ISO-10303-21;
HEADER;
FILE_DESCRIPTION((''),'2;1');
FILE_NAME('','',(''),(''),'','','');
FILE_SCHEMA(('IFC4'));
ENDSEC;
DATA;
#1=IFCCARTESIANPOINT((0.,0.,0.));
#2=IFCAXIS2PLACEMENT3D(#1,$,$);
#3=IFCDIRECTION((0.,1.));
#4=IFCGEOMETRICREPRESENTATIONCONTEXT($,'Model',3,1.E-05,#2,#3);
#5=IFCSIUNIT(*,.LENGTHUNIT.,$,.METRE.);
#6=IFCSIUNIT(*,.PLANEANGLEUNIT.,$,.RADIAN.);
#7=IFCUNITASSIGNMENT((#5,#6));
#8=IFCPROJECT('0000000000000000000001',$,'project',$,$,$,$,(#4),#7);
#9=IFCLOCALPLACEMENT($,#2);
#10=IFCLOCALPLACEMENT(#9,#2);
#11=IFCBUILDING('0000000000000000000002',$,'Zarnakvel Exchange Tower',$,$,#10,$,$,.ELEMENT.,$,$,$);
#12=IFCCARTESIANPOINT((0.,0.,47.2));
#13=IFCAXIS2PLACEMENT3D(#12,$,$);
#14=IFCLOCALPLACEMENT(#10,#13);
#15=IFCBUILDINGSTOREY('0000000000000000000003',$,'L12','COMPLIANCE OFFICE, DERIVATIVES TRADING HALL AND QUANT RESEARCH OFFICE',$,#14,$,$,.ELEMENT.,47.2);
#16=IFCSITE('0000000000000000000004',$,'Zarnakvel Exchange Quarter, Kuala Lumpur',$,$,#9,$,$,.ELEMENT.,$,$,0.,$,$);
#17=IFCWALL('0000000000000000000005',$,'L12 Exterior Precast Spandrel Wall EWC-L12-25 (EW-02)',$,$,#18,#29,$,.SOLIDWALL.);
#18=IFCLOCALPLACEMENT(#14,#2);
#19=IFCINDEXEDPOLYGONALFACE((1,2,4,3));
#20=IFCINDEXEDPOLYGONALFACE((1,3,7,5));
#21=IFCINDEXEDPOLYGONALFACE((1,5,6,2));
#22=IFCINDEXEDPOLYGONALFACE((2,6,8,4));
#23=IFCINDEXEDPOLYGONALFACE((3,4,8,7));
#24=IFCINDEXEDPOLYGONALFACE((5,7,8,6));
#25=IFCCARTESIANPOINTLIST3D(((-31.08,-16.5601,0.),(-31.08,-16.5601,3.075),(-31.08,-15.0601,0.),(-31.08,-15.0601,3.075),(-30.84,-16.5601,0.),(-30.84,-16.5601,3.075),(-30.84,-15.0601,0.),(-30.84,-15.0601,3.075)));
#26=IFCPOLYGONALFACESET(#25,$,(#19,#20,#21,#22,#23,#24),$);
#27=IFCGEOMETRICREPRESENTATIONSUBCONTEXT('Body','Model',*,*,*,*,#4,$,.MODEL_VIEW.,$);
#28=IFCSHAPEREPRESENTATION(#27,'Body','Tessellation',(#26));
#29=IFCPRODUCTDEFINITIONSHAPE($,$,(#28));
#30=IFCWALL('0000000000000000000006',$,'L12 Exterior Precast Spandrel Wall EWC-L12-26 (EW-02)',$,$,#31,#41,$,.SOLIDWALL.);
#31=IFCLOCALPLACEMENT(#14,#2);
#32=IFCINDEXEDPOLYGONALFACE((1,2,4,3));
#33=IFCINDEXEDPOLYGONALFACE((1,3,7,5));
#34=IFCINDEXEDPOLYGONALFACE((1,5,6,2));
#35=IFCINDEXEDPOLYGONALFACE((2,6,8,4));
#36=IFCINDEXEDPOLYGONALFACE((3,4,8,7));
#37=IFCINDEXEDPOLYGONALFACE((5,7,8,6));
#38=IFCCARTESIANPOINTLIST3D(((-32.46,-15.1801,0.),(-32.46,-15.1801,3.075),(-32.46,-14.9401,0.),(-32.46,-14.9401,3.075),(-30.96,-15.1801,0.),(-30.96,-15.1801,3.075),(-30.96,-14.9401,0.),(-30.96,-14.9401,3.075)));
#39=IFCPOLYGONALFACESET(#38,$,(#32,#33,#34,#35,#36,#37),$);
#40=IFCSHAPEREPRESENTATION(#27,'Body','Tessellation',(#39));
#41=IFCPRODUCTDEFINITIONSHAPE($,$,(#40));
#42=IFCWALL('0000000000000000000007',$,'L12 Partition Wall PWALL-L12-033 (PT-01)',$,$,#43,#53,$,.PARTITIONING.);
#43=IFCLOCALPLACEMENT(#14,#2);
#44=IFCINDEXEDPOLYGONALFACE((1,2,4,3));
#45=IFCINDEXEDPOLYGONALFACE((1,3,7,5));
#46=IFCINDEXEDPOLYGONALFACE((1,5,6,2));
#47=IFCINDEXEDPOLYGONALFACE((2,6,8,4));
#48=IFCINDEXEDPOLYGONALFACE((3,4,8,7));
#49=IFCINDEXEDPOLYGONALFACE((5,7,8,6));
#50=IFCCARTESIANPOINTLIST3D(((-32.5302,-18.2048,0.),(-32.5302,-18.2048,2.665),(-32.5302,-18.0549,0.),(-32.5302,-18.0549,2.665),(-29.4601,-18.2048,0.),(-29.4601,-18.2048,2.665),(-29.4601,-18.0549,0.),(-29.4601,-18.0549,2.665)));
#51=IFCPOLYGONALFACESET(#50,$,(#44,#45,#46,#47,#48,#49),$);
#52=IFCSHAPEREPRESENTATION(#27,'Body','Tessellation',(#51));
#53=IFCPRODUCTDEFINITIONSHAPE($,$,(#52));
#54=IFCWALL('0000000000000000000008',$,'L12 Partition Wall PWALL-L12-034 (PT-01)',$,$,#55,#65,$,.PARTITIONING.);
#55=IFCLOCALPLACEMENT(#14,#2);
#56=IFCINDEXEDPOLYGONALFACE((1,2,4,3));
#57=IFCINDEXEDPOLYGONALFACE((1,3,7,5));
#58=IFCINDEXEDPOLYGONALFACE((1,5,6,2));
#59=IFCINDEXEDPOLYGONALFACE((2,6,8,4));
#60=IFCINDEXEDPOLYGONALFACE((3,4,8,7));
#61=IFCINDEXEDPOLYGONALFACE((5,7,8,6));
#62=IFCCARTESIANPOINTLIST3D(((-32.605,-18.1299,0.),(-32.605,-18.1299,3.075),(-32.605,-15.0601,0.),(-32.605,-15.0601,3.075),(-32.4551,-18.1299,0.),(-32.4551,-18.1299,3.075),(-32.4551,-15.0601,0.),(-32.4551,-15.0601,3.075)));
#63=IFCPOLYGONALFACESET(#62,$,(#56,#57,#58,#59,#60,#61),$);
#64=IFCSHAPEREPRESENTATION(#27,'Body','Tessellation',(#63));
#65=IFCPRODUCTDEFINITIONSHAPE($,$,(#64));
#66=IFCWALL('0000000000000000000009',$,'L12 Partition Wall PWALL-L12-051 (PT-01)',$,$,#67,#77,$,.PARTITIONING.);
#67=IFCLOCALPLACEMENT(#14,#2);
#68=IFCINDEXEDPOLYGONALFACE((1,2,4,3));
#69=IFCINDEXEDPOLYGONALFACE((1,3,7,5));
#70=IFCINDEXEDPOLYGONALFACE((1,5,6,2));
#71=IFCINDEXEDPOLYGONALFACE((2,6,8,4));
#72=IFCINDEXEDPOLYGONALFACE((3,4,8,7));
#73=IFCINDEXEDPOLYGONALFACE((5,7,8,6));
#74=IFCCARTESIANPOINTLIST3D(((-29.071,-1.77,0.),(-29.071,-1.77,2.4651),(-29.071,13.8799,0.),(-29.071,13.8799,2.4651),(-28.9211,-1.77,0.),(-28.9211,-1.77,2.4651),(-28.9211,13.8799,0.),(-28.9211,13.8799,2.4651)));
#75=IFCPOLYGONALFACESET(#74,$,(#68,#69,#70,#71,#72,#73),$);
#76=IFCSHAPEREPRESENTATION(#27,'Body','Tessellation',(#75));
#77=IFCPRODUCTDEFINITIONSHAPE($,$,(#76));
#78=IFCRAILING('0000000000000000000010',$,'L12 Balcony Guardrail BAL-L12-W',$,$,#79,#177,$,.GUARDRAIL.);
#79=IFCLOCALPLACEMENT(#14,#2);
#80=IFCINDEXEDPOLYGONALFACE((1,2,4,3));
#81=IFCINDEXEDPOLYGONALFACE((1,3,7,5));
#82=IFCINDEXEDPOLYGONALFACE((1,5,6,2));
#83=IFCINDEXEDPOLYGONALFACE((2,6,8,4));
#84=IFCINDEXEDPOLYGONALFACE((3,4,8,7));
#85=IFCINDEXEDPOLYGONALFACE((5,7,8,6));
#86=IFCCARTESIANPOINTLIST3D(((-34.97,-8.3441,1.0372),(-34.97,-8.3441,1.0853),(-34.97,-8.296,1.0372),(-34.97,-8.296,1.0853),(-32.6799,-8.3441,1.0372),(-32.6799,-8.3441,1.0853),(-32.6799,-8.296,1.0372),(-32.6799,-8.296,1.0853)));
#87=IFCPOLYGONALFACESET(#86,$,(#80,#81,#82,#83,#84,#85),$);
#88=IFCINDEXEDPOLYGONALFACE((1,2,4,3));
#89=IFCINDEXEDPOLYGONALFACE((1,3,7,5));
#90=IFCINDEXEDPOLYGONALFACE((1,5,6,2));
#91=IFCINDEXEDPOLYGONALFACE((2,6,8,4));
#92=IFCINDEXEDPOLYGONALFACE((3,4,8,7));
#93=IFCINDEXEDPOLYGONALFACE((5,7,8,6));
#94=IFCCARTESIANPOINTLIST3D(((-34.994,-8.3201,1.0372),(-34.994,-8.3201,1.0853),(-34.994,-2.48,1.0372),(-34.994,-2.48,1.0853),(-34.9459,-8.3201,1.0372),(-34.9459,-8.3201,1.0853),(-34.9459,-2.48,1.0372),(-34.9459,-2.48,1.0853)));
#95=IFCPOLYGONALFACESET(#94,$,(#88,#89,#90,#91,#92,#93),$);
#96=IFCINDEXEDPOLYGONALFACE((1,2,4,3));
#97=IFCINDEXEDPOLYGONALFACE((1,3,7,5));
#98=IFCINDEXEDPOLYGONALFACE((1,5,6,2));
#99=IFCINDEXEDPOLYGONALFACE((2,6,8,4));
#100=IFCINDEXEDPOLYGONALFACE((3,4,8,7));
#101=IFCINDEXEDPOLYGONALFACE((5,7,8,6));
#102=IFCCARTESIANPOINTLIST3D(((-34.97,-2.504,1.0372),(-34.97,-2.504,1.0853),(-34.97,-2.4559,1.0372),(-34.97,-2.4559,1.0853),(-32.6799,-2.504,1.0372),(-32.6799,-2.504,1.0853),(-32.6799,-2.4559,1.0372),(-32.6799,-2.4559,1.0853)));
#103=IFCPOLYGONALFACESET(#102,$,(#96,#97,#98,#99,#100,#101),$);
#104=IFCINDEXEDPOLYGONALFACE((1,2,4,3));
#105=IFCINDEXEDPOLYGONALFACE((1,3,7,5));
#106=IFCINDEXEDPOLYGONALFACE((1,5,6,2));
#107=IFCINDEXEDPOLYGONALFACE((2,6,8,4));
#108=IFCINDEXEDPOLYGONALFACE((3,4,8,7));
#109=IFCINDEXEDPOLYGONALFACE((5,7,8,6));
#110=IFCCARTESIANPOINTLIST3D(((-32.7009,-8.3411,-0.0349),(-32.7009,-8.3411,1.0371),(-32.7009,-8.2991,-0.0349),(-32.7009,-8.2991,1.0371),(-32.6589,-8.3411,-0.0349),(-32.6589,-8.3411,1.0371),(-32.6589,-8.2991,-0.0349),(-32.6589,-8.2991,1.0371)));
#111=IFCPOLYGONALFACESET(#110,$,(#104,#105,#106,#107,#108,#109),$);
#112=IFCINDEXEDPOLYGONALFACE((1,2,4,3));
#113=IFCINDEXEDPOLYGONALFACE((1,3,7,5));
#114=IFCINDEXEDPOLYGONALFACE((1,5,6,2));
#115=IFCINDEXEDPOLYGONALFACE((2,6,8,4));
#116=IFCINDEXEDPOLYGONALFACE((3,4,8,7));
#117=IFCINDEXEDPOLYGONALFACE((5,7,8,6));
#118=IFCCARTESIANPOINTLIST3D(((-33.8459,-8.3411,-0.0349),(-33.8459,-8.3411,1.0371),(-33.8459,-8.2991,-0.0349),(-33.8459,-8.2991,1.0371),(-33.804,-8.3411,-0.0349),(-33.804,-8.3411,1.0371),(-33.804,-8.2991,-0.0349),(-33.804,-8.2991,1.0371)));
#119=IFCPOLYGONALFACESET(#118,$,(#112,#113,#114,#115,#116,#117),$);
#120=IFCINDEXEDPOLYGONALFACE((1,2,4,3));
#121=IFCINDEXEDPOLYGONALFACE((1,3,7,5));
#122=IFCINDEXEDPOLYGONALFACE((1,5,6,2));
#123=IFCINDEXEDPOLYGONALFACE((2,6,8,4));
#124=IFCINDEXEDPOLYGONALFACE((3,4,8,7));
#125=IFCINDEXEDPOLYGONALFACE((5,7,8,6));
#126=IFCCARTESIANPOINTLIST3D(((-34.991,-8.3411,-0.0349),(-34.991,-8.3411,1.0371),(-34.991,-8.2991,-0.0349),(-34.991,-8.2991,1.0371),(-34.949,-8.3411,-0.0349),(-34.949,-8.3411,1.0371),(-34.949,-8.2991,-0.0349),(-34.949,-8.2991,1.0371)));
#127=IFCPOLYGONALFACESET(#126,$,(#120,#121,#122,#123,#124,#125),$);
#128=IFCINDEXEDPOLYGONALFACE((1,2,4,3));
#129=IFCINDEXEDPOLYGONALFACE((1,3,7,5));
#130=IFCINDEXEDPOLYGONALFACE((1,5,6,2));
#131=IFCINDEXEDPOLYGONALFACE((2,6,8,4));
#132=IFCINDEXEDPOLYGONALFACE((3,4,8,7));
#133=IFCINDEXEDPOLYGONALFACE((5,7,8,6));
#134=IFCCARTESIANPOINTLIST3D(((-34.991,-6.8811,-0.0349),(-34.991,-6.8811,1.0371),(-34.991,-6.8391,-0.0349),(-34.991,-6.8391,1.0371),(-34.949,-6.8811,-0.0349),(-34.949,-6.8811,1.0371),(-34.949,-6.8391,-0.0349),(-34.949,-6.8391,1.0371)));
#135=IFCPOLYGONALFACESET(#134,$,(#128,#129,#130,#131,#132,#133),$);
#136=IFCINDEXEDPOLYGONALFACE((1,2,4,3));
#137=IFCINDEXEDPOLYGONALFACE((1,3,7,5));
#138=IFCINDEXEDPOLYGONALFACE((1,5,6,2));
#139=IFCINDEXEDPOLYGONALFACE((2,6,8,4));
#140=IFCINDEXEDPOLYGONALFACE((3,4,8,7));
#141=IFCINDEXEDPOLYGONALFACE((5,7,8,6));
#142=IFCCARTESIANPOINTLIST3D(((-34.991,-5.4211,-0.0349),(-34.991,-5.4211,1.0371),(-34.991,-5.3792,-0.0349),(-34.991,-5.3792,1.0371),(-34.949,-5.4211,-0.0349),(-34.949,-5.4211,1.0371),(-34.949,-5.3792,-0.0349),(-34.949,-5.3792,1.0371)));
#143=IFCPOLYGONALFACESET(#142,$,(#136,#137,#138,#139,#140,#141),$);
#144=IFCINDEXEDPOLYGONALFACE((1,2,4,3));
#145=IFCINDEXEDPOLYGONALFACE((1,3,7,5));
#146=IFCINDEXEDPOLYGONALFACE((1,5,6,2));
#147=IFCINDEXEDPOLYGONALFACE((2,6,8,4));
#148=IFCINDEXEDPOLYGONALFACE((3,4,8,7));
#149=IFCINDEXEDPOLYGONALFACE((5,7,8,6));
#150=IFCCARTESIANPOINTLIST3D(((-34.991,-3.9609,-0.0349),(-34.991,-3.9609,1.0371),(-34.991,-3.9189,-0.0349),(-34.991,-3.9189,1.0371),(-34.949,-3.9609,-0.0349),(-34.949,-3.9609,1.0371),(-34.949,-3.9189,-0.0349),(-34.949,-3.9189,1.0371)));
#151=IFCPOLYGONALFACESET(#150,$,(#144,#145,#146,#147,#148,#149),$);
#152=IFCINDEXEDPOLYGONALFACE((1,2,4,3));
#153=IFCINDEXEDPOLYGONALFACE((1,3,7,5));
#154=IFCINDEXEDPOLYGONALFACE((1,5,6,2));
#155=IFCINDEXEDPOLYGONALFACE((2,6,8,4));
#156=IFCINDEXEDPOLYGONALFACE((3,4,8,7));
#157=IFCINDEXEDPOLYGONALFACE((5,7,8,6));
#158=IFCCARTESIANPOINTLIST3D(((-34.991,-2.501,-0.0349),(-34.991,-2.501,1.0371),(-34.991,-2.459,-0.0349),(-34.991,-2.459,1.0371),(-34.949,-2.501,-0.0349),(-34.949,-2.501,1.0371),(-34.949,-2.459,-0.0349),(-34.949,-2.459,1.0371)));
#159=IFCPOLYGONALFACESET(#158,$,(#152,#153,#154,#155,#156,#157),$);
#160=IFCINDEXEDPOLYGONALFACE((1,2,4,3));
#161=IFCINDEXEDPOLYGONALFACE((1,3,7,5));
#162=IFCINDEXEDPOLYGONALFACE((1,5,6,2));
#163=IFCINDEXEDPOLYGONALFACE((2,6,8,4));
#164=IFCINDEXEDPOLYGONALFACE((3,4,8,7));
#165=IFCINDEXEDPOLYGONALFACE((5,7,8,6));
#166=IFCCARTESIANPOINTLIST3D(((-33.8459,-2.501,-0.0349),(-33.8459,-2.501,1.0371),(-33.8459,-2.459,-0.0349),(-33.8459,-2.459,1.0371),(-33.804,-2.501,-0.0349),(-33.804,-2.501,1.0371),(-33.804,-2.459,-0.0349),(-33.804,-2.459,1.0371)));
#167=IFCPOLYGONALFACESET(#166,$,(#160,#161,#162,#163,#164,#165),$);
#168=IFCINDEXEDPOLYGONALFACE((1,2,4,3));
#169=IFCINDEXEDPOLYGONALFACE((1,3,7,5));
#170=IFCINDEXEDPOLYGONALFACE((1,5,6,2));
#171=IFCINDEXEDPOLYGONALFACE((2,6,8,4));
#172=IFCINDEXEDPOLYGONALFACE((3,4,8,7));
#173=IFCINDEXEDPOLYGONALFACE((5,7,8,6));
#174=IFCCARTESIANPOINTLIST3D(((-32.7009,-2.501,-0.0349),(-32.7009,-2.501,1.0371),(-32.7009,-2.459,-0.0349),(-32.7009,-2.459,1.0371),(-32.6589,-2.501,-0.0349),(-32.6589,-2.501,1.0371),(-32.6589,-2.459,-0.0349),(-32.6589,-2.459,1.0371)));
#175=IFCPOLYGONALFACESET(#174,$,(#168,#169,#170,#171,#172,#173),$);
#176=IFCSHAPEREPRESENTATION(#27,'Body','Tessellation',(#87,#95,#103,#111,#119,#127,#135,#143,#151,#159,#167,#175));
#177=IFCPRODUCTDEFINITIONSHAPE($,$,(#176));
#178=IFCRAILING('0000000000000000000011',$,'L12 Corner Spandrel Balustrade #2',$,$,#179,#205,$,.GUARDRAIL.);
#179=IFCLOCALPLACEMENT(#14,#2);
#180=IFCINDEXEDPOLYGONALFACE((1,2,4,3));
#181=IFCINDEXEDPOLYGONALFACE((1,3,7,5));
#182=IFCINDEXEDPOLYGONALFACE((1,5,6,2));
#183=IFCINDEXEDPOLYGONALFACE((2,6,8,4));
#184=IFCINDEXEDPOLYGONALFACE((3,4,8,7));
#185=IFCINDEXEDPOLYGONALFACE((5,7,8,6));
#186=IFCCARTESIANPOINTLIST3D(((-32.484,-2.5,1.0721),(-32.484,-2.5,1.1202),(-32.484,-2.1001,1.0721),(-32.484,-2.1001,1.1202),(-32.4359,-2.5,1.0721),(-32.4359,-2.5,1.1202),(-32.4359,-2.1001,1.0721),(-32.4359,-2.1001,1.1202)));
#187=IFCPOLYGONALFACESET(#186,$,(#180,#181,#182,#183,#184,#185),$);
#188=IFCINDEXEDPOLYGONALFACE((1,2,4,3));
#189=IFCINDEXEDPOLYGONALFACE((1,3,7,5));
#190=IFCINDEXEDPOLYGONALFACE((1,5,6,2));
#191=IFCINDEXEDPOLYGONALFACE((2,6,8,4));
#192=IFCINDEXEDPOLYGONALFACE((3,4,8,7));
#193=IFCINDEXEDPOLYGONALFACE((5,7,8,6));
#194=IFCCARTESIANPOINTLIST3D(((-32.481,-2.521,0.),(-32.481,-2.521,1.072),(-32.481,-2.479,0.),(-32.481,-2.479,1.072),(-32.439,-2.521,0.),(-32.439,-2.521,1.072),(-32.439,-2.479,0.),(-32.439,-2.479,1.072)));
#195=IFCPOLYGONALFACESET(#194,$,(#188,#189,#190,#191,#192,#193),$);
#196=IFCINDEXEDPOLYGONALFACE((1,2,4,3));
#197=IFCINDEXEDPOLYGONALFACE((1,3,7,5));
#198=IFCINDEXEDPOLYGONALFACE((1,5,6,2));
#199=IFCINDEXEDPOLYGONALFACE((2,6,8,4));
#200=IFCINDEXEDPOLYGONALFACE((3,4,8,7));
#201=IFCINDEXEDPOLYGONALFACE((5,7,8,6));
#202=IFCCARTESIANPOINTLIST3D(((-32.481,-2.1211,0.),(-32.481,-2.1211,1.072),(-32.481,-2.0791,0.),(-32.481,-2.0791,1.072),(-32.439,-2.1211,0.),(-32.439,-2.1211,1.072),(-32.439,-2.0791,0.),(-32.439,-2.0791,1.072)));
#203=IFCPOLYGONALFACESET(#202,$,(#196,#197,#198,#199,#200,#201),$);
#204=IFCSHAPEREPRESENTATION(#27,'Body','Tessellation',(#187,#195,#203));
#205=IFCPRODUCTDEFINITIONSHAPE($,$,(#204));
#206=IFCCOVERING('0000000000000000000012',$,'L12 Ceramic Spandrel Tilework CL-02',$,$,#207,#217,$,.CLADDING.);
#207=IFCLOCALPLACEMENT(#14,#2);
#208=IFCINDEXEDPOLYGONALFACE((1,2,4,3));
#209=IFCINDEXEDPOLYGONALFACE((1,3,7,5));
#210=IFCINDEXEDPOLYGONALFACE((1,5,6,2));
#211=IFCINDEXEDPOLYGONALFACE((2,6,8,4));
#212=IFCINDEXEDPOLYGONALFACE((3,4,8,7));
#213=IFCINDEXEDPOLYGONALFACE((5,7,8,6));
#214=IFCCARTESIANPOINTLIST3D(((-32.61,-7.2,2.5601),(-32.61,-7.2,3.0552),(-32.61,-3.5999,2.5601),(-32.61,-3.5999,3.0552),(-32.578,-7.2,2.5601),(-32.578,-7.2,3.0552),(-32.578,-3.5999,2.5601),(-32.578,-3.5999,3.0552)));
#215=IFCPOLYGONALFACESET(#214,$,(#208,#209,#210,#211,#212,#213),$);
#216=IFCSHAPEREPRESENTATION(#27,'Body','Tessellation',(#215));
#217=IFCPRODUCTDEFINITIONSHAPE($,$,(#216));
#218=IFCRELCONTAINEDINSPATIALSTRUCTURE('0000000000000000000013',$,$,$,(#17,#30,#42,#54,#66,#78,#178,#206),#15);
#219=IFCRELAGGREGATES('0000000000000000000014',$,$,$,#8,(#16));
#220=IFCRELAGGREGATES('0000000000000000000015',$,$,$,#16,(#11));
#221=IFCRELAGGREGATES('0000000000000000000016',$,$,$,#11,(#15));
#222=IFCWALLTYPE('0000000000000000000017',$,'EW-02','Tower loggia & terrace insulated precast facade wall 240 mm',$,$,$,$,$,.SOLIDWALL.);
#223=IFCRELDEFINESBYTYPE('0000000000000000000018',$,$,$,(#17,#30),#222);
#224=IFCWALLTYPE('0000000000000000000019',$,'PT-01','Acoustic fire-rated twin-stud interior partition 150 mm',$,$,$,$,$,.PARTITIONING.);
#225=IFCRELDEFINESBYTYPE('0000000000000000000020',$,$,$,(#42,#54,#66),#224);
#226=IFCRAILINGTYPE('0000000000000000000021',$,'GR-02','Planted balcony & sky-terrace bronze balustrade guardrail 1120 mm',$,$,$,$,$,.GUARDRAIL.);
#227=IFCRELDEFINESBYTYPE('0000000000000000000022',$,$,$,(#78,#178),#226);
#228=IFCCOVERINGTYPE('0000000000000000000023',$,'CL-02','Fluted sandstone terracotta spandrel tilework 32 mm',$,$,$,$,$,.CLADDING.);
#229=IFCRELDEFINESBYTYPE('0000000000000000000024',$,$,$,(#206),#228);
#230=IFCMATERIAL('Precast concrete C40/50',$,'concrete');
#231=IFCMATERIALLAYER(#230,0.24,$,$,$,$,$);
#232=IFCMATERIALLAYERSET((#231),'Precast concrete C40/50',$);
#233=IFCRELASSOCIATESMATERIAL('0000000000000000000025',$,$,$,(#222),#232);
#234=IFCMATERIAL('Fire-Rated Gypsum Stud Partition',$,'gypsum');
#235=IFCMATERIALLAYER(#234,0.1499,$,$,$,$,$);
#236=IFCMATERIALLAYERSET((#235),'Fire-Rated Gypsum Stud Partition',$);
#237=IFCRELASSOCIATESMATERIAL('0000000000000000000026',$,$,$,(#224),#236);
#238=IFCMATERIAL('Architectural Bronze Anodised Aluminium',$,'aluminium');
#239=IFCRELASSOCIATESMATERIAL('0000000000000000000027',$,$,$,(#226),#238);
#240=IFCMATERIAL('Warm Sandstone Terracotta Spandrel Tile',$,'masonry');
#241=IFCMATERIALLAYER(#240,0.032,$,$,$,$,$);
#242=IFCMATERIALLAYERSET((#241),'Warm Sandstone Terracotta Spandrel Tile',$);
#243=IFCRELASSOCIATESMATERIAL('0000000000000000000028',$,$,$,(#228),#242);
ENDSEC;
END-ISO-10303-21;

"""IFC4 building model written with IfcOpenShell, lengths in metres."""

from ifc_helpers import new_model, si_unit, direction, frame, frame_2d, origin, origin_2d, place, context, subcontext, project, spatial, rectangle, extrude, source, transform, mapped, material, layer, layer_set, type_object, element, save


model = new_model("IFC4")

# Units and contexts
model_context = context("Model", 3, precision=1e-05, world=origin(), true_north=direction((0.0, 1.0)))
body_context = subcontext(model_context, "Body", "Model", "MODEL_VIEW")
ifc_project = project(units=[si_unit("LENGTHUNIT", "METRE"), si_unit("PLANEANGLEUNIT", "RADIAN")], contexts=[model_context])

# Site, building, storey
site_placement = place(None, origin())
site = spatial("IfcSite", under=ifc_project, at=site_placement, Name="Zarnakvel Exchange Quarter, Kuala Lumpur", CompositionType="ELEMENT", RefElevation=0.0)
building_placement = place(site_placement, origin())
building = spatial("IfcBuilding", under=site, at=building_placement, Name="Zarnakvel Exchange Tower", CompositionType="ELEMENT")
storey_placement = place(building_placement, frame((0.0, 0.0, 47.2)))
storey = spatial("IfcBuildingStorey", under=building, at=storey_placement, Name="L12", Description="COMPLIANCE OFFICE, DERIVATIVES TRADING HALL AND QUANT RESEARCH OFFICE", CompositionType="ELEMENT", Elevation=47.2)

# Shared definitions
ifc_material_1 = material(Name="Architectural Bronze Anodised Aluminium", Category="aluminium")

# Shared definitions
ifc_material_2 = material(Name="Precast concrete C40/50", Category="concrete")
ifc_layer_1 = layer(ifc_material_2, 0.24)
ifc_layer_set_1 = layer_set([ifc_layer_1], Name="Precast concrete C40/50")
wall_type_1 = type_object("IfcWallType", Name="EW-02", Description="Tower loggia & terrace insulated precast facade wall 240 mm", PredefinedType="SOLIDWALL", material=ifc_layer_set_1)

# Walls
for number, where, z_axis, x_axis, name in (
    (1, (-30.96, -15.0601, 0.0), (0.0, 0.0, 1.0), (0.0, -1.0, 0.0), "L12 Exterior Precast Spandrel Wall EWC-L12-25 (EW-02)"),
    (2, (-32.46, -15.0601, 0.0), (0.0, 0.0, 1.0), (1.0, 0.0, 0.0), "L12 Exterior Precast Spandrel Wall EWC-L12-26 (EW-02)"),
):
    element("IfcWall", number, at=place(storey_placement, frame(where, z_axis=z_axis, x_axis=x_axis)), inside=storey, type_object=wall_type_1, Name=name, PredefinedType="SOLIDWALL", context=body_context, shape_type="SweptSolid", body=[
        extrude(rectangle(XDim=1.5, YDim=0.24, at=frame_2d((0.75, 0.0))), origin(), (0.0, 0.0, 1.0), 3.075),
    ])
ifc_material_3 = material(Name="Fire-Rated Gypsum Stud Partition", Category="gypsum")
ifc_layer_2 = layer(ifc_material_3, 0.1499)
ifc_layer_set_2 = layer_set([ifc_layer_2], Name="Fire-Rated Gypsum Stud Partition")
wall_type_2 = type_object("IfcWallType", Name="PT-01", Description="Acoustic fire-rated twin-stud interior partition 150 mm", PredefinedType="PARTITIONING", material=ifc_layer_set_2)
wall_1_placement = place(storey_placement, frame((-29.46, -18.1299, 0.0), z_axis=(0.0, 0.0, 1.0), x_axis=(-1.0, 0.0, 0.0)))
element("IfcWall", 3, at=wall_1_placement, inside=storey, type_object=wall_type_2, Name="L12 Partition Wall PWALL-L12-033 (PT-01)", PredefinedType="PARTITIONING", context=body_context, shape_type="SweptSolid", body=[
    extrude(rectangle(XDim=3.0701, YDim=0.1499, at=frame_2d((1.5352, 0.0))), origin(), (0.0, 0.0, 1.0), 2.665),
])
wall_2_placement = place(storey_placement, frame((-32.53, -18.1299, 0.0), z_axis=(0.0, 0.0, 1.0), x_axis=(0.0, 1.0, 0.0)))
element("IfcWall", 4, at=wall_2_placement, inside=storey, type_object=wall_type_2, Name="L12 Partition Wall PWALL-L12-034 (PT-01)", PredefinedType="PARTITIONING", context=body_context, shape_type="SweptSolid", body=[
    extrude(rectangle(XDim=3.0698, YDim=0.1499, at=frame_2d((1.5349, 0.0))), origin(), (0.0, 0.0, 1.0), 3.075),
])
wall_3_placement = place(storey_placement, frame((-28.9961, -1.77, 0.0), z_axis=(0.0, 0.0, 1.0), x_axis=(0.0, 1.0, 0.0)))
element("IfcWall", 5, at=wall_3_placement, inside=storey, type_object=wall_type_2, Name="L12 Partition Wall PWALL-L12-051 (PT-01)", PredefinedType="PARTITIONING", context=body_context, shape_type="SweptSolid", body=[
    extrude(rectangle(XDim=15.6499, YDim=0.1499, at=frame_2d((7.825, 0.0))), origin(), (0.0, 0.0, 1.0), 2.4651),
])

# Railings
railing_type = type_object("IfcRailingType", Name="GR-02", Description="Planted balcony & sky-terrace bronze balustrade guardrail 1120 mm", PredefinedType="GUARDRAIL", material=ifc_material_1)
railing_1_placement = place(storey_placement, frame((-32.6799, -8.3201, -0.0349)))
element("IfcRailing", 6, at=railing_1_placement, inside=storey, type_object=railing_type, Name="L12 Balcony Guardrail BAL-L12-W", PredefinedType="GUARDRAIL", context=body_context, shape_type="SweptSolid", body=[
    extrude(rectangle(XDim=0.0481, YDim=0.0481, at=origin_2d()), frame((0.0, 0.0, 1.0962), z_axis=(-1.0, 0.0, 0.0), x_axis=(0.0, -1.0, 0.0)), (0.0, 0.0, 1.0), 2.29),
    extrude(rectangle(XDim=0.0481, YDim=0.0481, at=origin_2d()), frame((-2.29, 0.0, 1.0962), z_axis=(0.0, 1.0, 0.0), x_axis=(-1.0, 0.0, 0.0)), (0.0, 0.0, 1.0), 5.8401),
    extrude(rectangle(XDim=0.0481, YDim=0.0481, at=origin_2d()), frame((-2.29, 5.8401, 1.0962), z_axis=(1.0, 0.0, 0.0), x_axis=(0.0, 1.0, 0.0)), (0.0, 0.0, 1.0), 2.29),
    extrude(rectangle(XDim=0.042, YDim=0.042, at=origin_2d()), origin(), (0.0, 0.0, 1.0), 1.072),
    extrude(rectangle(XDim=0.042, YDim=0.042, at=origin_2d()), frame((-1.145, 0.0, 0.0)), (0.0, 0.0, 1.0), 1.072),
    extrude(rectangle(XDim=0.042, YDim=0.042, at=origin_2d()), frame((-2.29, 0.0, 0.0)), (0.0, 0.0, 1.0), 1.072),
    extrude(rectangle(XDim=0.042, YDim=0.042, at=origin_2d()), frame((-2.29, 1.46, 0.0)), (0.0, 0.0, 1.0), 1.072),
    extrude(rectangle(XDim=0.042, YDim=0.042, at=origin_2d()), frame((-2.29, 2.9199, 0.0)), (0.0, 0.0, 1.0), 1.072),
    extrude(rectangle(XDim=0.042, YDim=0.042, at=origin_2d()), frame((-2.29, 4.3801, 0.0)), (0.0, 0.0, 1.0), 1.072),
    extrude(rectangle(XDim=0.042, YDim=0.042, at=origin_2d()), frame((-2.29, 5.8401, 0.0)), (0.0, 0.0, 1.0), 1.072),
    extrude(rectangle(XDim=0.042, YDim=0.042, at=origin_2d()), frame((-1.145, 5.8401, 0.0)), (0.0, 0.0, 1.0), 1.072),
    extrude(rectangle(XDim=0.042, YDim=0.042, at=origin_2d()), frame((0.0, 5.8401, 0.0)), (0.0, 0.0, 1.0), 1.072),
])
railing_2_placement = place(storey_placement, frame((-32.46, -2.5, 0.0)))
element("IfcRailing", 7, at=railing_2_placement, inside=storey, type_object=railing_type, Name="L12 Corner Spandrel Balustrade #2", PredefinedType="GUARDRAIL", context=body_context, shape_type="SweptSolid", body=[
    extrude(rectangle(XDim=0.0481, YDim=0.0481, at=origin_2d()), frame((0.0, 0.0, 1.0962), z_axis=(0.0, 1.0, 0.0), x_axis=(-1.0, 0.0, 0.0)), (0.0, 0.0, 1.0), 0.3999),
    extrude(rectangle(XDim=0.042, YDim=0.042, at=origin_2d()), origin(), (0.0, 0.0, 1.0), 1.072),
    extrude(rectangle(XDim=0.042, YDim=0.042, at=origin_2d()), frame((0.0, 0.3999, 0.0)), (0.0, 0.0, 1.0), 1.072),
])

# Covering
ifc_material_4 = material(Name="Warm Sandstone Terracotta Spandrel Tile", Category="masonry")
ifc_layer_3 = layer(ifc_material_4, 0.032)
ifc_layer_set_3 = layer_set([ifc_layer_3], Name="Warm Sandstone Terracotta Spandrel Tile")
covering_type = type_object("IfcCoveringType", Name="CL-02", Description="Fluted sandstone terracotta spandrel tilework 32 mm", PredefinedType="CLADDING", material=ifc_layer_set_3)
shared_shape_1 = source(origin(), body_context, "Body", "SweptSolid", [
    extrude(rectangle(XDim=3.6001, YDim=0.032, at=origin_2d()), origin(), (0.0, 0.0, 1.0), 0.4951),
])
covering_placement = place(storey_placement, frame((-32.594, -5.3999, 2.5601), z_axis=(0.0, 0.0, 1.0), x_axis=(0.0, 1.0, 0.0)))
element("IfcCovering", 8, at=covering_placement, inside=storey, type_object=covering_type, Name="L12 Ceramic Spandrel Tilework CL-02", PredefinedType="CLADDING", context=body_context, shape_type="MappedRepresentation", body=[
    mapped(shared_shape_1, transform((0.0, 0.0, 0.0), x_axis=(1.0, 0.0, 0.0), y_axis=(0.0, 1.0, 0.0), z_axis=(0.0, 0.0, 1.0), scale=1.0)),
])

save(model, "model.ifc")
